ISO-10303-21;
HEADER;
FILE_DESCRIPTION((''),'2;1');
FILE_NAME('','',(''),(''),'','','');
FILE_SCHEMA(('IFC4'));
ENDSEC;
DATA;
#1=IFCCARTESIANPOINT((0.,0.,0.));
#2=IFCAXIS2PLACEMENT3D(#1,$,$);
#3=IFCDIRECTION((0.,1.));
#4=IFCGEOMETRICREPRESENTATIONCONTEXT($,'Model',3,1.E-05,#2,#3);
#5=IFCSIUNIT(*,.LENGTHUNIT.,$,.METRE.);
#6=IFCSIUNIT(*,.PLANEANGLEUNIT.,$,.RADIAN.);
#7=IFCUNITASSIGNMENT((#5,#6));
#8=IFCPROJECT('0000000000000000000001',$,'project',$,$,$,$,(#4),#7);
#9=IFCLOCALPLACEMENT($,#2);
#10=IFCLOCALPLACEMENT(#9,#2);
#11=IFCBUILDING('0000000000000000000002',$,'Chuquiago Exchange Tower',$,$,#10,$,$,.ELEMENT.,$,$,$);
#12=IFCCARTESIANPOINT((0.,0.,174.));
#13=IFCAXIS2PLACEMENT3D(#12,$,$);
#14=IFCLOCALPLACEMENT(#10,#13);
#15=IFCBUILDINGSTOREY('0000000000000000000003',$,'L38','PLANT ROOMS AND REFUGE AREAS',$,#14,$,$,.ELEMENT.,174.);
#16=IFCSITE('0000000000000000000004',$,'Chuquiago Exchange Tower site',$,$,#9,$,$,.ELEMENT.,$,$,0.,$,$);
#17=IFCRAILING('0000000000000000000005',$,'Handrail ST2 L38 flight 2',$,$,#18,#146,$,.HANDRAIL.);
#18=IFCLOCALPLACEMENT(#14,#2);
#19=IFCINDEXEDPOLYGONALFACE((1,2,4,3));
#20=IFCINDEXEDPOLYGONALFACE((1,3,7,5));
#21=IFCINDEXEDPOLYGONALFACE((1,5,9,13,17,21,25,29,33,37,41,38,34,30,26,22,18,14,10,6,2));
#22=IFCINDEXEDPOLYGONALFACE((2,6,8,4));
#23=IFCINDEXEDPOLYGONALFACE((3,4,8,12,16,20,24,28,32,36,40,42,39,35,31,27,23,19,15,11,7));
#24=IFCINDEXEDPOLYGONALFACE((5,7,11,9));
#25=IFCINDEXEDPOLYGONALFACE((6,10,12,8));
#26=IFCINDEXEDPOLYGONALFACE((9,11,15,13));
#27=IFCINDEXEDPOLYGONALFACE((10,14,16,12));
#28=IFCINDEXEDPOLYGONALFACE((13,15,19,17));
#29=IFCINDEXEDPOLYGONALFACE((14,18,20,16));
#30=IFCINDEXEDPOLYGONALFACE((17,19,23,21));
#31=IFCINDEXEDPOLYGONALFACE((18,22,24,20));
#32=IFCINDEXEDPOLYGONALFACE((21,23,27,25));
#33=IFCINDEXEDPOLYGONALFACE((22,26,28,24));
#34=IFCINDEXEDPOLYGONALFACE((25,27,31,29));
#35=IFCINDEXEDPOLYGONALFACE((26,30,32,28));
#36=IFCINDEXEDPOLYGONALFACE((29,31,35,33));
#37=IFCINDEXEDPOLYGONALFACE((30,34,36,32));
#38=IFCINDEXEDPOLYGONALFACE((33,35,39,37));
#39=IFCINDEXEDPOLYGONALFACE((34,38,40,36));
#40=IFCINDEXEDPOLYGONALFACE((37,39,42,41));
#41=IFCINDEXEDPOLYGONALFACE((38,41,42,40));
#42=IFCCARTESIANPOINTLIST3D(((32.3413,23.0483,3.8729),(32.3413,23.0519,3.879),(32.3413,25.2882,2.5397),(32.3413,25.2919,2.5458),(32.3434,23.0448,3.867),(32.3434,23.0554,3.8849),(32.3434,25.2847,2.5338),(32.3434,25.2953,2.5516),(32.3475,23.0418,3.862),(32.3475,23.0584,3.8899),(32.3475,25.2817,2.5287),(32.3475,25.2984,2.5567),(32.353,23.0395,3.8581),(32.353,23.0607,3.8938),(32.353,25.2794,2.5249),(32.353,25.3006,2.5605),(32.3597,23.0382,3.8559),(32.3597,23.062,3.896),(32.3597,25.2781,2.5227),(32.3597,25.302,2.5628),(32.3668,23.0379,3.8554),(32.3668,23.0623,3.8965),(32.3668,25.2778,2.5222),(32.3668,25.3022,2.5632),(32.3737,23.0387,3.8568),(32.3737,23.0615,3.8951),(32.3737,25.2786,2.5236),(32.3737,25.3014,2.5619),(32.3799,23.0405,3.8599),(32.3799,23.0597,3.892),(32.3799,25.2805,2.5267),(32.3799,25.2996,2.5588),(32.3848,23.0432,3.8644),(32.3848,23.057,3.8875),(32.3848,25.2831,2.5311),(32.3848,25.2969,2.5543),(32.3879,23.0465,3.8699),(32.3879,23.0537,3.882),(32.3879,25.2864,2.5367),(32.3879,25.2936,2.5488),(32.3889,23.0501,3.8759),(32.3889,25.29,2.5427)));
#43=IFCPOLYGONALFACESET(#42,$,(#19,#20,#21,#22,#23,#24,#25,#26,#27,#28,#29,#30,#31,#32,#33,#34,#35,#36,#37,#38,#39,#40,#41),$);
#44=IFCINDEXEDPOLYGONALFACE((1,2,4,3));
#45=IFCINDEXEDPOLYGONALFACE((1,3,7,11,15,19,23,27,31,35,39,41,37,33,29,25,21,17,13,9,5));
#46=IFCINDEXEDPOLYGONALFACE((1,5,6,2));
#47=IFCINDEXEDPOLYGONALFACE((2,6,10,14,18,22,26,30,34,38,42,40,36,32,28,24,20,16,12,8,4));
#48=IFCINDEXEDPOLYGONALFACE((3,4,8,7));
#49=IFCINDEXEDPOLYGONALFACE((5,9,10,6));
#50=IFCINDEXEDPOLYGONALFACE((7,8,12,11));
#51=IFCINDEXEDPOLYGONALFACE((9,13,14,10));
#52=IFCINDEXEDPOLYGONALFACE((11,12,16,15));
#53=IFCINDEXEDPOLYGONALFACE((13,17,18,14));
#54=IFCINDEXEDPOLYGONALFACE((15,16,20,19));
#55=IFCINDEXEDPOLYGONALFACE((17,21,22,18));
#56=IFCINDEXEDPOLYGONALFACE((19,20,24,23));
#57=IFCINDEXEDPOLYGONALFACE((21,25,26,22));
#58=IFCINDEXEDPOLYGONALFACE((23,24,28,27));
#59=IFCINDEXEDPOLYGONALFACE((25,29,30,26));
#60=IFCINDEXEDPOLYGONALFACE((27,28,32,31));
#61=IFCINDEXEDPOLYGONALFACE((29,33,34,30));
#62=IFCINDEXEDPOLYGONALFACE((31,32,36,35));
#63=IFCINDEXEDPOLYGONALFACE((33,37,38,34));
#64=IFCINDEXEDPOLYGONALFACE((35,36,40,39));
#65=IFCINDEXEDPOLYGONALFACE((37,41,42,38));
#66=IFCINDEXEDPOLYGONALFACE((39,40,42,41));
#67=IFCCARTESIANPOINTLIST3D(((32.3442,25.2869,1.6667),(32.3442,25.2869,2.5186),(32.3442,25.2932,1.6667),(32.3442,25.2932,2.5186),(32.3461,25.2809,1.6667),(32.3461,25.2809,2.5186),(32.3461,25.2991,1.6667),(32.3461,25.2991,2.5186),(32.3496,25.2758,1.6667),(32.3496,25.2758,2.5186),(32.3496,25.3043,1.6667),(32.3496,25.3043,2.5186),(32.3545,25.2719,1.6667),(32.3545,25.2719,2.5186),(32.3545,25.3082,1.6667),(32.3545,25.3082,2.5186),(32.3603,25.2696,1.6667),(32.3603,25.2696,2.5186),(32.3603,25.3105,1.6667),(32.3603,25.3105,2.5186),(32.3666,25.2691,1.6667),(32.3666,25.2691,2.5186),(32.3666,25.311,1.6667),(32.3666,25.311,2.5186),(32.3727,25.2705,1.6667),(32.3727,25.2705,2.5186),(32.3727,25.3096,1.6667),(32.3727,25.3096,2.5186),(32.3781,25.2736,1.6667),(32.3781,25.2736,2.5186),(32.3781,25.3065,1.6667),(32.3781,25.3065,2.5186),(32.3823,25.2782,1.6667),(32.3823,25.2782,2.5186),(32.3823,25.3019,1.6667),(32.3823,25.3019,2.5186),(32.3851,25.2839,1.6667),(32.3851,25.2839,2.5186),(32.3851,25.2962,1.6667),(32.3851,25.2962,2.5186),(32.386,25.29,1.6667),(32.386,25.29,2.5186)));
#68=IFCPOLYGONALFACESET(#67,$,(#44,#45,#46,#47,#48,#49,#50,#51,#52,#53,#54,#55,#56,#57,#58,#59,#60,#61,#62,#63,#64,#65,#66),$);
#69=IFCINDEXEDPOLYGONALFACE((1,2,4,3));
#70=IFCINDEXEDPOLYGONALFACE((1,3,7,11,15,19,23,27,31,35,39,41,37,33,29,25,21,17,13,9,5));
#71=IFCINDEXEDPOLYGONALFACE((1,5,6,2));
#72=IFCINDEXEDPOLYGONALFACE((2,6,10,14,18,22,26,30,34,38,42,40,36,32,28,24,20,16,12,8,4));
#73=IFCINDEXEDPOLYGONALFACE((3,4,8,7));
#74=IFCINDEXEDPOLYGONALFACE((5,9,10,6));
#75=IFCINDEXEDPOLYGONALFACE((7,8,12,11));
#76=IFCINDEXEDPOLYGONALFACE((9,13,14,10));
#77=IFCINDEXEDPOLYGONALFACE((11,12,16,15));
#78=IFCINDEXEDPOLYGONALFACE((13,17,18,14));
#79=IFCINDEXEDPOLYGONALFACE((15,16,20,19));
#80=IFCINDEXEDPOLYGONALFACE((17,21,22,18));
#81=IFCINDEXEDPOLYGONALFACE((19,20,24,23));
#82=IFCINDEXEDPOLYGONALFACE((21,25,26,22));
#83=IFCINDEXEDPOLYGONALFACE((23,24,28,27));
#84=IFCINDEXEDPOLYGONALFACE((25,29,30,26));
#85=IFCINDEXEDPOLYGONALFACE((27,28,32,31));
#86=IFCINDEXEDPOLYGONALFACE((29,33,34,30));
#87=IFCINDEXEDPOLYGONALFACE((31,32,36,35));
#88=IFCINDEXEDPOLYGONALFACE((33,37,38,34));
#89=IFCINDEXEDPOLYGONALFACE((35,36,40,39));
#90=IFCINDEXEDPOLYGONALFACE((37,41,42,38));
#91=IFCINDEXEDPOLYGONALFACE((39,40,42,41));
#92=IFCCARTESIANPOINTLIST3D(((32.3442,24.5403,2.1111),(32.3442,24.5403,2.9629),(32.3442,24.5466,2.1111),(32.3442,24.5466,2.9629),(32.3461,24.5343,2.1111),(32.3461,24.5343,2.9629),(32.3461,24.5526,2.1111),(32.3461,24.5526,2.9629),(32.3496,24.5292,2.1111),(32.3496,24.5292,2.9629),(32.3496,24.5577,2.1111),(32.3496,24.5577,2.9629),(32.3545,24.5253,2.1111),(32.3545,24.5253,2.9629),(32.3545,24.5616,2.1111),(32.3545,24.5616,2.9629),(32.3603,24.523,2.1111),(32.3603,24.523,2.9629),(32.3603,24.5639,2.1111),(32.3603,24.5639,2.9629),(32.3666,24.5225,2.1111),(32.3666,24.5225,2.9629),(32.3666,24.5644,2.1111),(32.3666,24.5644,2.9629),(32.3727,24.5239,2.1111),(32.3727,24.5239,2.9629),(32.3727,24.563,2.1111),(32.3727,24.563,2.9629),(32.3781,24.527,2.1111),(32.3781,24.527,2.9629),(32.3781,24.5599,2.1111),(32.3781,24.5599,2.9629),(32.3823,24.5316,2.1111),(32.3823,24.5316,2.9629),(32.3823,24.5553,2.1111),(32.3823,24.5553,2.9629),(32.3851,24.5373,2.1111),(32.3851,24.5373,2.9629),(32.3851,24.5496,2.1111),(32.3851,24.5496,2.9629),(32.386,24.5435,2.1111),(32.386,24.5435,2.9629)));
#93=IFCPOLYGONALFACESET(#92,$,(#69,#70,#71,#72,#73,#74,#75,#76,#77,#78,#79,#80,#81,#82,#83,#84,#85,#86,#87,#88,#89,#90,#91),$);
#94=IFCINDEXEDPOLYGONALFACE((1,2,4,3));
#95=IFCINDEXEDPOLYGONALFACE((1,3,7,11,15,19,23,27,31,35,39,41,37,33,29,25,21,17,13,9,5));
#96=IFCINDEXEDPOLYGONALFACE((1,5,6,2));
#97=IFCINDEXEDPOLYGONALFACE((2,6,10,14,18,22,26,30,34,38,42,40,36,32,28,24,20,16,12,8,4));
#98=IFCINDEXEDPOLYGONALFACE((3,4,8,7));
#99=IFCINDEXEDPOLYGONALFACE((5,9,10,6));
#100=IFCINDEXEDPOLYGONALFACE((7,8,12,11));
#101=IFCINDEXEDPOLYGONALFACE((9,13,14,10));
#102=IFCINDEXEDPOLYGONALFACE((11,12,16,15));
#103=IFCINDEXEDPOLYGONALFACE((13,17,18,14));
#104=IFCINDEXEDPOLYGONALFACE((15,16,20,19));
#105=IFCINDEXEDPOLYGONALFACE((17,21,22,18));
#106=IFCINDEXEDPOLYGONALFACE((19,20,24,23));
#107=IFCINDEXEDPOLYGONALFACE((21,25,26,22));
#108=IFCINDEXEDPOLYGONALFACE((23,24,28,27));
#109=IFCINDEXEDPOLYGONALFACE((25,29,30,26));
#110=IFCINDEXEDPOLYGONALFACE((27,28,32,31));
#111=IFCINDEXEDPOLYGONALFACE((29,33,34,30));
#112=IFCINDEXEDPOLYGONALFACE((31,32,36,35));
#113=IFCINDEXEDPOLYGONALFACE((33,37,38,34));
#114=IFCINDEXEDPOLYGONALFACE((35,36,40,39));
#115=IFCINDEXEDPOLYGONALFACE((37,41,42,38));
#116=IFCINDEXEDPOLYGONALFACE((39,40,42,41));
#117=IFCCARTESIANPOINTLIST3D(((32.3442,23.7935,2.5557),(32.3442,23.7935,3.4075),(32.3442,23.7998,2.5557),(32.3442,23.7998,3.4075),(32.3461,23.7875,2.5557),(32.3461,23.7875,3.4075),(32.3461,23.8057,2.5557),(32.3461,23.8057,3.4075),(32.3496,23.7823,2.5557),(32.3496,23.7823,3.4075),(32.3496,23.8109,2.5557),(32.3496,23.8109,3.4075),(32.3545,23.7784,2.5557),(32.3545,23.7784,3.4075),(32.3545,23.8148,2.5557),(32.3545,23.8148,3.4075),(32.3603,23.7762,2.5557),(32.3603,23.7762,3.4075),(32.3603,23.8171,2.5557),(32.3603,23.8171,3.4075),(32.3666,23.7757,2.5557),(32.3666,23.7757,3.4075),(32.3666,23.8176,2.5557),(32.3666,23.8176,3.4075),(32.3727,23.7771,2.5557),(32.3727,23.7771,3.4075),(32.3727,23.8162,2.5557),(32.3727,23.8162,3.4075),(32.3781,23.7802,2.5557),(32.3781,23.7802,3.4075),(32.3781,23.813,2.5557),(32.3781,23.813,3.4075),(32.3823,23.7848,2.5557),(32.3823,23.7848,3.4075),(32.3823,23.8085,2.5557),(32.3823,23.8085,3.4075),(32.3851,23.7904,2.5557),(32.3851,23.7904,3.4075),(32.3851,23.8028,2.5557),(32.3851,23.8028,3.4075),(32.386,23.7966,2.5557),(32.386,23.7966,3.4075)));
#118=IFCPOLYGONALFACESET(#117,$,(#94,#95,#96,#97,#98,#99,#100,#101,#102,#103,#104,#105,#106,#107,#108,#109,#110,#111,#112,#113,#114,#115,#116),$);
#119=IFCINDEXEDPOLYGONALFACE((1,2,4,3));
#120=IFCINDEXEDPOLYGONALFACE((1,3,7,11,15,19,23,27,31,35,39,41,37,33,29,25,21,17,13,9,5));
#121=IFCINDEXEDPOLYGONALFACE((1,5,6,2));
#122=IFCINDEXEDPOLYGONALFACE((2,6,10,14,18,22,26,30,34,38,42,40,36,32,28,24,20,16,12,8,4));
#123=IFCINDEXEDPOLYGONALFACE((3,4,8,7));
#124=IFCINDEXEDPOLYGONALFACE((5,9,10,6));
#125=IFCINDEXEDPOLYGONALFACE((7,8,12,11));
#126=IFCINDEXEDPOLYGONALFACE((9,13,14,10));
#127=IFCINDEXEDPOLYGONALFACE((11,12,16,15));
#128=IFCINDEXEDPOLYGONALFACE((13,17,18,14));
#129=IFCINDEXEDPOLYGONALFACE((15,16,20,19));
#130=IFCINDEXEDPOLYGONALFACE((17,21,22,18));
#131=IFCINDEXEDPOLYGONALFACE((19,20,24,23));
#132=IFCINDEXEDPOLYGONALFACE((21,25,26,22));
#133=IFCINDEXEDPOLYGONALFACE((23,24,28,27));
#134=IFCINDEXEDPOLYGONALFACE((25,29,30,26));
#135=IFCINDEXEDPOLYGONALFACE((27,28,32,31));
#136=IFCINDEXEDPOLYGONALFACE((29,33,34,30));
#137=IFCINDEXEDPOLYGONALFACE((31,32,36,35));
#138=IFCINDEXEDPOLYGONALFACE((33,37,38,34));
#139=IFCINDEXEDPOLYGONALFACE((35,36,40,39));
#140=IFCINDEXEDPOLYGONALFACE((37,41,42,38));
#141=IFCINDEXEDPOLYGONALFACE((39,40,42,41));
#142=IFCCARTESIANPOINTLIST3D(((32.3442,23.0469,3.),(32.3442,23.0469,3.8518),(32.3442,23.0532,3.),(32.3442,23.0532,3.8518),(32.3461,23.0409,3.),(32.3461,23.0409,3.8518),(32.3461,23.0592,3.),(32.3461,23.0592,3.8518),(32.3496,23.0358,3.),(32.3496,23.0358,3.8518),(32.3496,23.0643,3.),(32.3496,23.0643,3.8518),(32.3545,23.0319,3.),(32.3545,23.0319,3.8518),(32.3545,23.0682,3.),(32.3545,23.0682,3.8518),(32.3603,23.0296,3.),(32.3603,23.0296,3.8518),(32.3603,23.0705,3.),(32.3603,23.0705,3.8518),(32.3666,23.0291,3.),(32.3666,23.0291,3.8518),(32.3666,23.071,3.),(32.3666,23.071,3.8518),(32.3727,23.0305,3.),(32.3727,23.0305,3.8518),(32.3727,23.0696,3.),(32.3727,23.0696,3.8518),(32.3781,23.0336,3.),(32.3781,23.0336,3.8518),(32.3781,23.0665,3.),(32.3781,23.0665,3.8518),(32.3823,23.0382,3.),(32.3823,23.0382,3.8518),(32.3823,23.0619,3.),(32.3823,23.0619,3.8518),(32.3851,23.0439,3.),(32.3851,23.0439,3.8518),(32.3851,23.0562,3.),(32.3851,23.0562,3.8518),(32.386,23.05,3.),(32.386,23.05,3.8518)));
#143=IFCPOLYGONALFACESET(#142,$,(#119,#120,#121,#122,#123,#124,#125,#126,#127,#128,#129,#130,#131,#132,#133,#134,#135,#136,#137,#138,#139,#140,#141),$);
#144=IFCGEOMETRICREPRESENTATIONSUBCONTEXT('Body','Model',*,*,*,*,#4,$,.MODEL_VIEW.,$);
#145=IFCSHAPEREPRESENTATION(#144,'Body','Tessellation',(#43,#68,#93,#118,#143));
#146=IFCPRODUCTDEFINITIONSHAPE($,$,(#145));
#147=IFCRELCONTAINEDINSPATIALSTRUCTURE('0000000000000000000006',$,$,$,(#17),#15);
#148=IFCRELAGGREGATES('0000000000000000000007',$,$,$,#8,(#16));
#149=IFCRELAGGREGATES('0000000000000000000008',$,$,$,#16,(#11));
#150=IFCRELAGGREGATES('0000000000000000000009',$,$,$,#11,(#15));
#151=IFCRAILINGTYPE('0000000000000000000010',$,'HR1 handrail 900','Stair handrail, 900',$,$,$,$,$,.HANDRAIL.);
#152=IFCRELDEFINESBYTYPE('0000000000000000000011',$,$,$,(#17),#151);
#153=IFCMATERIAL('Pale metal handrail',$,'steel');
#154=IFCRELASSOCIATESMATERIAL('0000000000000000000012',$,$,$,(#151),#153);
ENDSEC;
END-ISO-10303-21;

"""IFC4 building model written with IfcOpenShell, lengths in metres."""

from ifc_helpers import new_model, si_unit, direction, frame, origin, origin_2d, place, context, subcontext, project, spatial, circle, extrude, material, type_object, element, save


model = new_model("IFC4")

# Units and contexts
model_context = context("Model", 3, precision=1e-05, world=origin(), true_north=direction((0.0, 1.0)))
body_context = subcontext(model_context, "Body", "Model", "MODEL_VIEW")
ifc_project = project(units=[si_unit("LENGTHUNIT", "METRE"), si_unit("PLANEANGLEUNIT", "RADIAN")], contexts=[model_context])

# Site, building, storey
site_placement = place(None, origin())
site = spatial("IfcSite", under=ifc_project, at=site_placement, Name="Chuquiago Exchange Tower site", CompositionType="ELEMENT", RefElevation=0.0)
building_placement = place(site_placement, origin())
building = spatial("IfcBuilding", under=site, at=building_placement, Name="Chuquiago Exchange Tower", CompositionType="ELEMENT")
storey_placement = place(building_placement, frame((0.0, 0.0, 174.0)))
storey = spatial("IfcBuildingStorey", under=building, at=storey_placement, Name="L38", Description="PLANT ROOMS AND REFUGE AREAS", CompositionType="ELEMENT", Elevation=174.0)

# Railing
ifc_material_1 = material(Name="Pale metal handrail", Category="steel")
railing_type_1 = type_object("IfcRailingType", Name="HR1 handrail 900", Description="Stair handrail, 900", PredefinedType="HANDRAIL", material=ifc_material_1)
for number, where, name in (
    (1, (32.365, 25.29, 1.6667), "Handrail ST2 L38 flight 2"),
):
    element("IfcRailing", number, at=place(storey_placement, frame(where)), inside=storey, type_object=railing_type_1, Name=name, PredefinedType="HANDRAIL", context=body_context, shape_type="SweptSolid", body=[
        extrude(circle(Radius=0.0239, at=origin_2d()), frame((0.0, 0.0, 0.876), z_axis=(0.0, -0.859306, 0.511462), x_axis=(1.0, 0.0, 0.0)), (0.0, 0.0, 1.0), 2.6067),
        extrude(circle(Radius=0.021, at=origin_2d()), origin(), (0.0, 0.0, 1.0), 0.8518),
        extrude(circle(Radius=0.021, at=origin_2d()), frame((0.0, -0.7466, 0.4443)), (0.0, 0.0, 1.0), 0.8518),
        extrude(circle(Radius=0.021, at=origin_2d()), frame((0.0, -1.4934, 0.8889)), (0.0, 0.0, 1.0), 0.8518),
        extrude(circle(Radius=0.021, at=origin_2d()), frame((0.0, -2.24, 1.3333)), (0.0, 0.0, 1.0), 0.8518),
    ])

save(model, "model.ifc")
